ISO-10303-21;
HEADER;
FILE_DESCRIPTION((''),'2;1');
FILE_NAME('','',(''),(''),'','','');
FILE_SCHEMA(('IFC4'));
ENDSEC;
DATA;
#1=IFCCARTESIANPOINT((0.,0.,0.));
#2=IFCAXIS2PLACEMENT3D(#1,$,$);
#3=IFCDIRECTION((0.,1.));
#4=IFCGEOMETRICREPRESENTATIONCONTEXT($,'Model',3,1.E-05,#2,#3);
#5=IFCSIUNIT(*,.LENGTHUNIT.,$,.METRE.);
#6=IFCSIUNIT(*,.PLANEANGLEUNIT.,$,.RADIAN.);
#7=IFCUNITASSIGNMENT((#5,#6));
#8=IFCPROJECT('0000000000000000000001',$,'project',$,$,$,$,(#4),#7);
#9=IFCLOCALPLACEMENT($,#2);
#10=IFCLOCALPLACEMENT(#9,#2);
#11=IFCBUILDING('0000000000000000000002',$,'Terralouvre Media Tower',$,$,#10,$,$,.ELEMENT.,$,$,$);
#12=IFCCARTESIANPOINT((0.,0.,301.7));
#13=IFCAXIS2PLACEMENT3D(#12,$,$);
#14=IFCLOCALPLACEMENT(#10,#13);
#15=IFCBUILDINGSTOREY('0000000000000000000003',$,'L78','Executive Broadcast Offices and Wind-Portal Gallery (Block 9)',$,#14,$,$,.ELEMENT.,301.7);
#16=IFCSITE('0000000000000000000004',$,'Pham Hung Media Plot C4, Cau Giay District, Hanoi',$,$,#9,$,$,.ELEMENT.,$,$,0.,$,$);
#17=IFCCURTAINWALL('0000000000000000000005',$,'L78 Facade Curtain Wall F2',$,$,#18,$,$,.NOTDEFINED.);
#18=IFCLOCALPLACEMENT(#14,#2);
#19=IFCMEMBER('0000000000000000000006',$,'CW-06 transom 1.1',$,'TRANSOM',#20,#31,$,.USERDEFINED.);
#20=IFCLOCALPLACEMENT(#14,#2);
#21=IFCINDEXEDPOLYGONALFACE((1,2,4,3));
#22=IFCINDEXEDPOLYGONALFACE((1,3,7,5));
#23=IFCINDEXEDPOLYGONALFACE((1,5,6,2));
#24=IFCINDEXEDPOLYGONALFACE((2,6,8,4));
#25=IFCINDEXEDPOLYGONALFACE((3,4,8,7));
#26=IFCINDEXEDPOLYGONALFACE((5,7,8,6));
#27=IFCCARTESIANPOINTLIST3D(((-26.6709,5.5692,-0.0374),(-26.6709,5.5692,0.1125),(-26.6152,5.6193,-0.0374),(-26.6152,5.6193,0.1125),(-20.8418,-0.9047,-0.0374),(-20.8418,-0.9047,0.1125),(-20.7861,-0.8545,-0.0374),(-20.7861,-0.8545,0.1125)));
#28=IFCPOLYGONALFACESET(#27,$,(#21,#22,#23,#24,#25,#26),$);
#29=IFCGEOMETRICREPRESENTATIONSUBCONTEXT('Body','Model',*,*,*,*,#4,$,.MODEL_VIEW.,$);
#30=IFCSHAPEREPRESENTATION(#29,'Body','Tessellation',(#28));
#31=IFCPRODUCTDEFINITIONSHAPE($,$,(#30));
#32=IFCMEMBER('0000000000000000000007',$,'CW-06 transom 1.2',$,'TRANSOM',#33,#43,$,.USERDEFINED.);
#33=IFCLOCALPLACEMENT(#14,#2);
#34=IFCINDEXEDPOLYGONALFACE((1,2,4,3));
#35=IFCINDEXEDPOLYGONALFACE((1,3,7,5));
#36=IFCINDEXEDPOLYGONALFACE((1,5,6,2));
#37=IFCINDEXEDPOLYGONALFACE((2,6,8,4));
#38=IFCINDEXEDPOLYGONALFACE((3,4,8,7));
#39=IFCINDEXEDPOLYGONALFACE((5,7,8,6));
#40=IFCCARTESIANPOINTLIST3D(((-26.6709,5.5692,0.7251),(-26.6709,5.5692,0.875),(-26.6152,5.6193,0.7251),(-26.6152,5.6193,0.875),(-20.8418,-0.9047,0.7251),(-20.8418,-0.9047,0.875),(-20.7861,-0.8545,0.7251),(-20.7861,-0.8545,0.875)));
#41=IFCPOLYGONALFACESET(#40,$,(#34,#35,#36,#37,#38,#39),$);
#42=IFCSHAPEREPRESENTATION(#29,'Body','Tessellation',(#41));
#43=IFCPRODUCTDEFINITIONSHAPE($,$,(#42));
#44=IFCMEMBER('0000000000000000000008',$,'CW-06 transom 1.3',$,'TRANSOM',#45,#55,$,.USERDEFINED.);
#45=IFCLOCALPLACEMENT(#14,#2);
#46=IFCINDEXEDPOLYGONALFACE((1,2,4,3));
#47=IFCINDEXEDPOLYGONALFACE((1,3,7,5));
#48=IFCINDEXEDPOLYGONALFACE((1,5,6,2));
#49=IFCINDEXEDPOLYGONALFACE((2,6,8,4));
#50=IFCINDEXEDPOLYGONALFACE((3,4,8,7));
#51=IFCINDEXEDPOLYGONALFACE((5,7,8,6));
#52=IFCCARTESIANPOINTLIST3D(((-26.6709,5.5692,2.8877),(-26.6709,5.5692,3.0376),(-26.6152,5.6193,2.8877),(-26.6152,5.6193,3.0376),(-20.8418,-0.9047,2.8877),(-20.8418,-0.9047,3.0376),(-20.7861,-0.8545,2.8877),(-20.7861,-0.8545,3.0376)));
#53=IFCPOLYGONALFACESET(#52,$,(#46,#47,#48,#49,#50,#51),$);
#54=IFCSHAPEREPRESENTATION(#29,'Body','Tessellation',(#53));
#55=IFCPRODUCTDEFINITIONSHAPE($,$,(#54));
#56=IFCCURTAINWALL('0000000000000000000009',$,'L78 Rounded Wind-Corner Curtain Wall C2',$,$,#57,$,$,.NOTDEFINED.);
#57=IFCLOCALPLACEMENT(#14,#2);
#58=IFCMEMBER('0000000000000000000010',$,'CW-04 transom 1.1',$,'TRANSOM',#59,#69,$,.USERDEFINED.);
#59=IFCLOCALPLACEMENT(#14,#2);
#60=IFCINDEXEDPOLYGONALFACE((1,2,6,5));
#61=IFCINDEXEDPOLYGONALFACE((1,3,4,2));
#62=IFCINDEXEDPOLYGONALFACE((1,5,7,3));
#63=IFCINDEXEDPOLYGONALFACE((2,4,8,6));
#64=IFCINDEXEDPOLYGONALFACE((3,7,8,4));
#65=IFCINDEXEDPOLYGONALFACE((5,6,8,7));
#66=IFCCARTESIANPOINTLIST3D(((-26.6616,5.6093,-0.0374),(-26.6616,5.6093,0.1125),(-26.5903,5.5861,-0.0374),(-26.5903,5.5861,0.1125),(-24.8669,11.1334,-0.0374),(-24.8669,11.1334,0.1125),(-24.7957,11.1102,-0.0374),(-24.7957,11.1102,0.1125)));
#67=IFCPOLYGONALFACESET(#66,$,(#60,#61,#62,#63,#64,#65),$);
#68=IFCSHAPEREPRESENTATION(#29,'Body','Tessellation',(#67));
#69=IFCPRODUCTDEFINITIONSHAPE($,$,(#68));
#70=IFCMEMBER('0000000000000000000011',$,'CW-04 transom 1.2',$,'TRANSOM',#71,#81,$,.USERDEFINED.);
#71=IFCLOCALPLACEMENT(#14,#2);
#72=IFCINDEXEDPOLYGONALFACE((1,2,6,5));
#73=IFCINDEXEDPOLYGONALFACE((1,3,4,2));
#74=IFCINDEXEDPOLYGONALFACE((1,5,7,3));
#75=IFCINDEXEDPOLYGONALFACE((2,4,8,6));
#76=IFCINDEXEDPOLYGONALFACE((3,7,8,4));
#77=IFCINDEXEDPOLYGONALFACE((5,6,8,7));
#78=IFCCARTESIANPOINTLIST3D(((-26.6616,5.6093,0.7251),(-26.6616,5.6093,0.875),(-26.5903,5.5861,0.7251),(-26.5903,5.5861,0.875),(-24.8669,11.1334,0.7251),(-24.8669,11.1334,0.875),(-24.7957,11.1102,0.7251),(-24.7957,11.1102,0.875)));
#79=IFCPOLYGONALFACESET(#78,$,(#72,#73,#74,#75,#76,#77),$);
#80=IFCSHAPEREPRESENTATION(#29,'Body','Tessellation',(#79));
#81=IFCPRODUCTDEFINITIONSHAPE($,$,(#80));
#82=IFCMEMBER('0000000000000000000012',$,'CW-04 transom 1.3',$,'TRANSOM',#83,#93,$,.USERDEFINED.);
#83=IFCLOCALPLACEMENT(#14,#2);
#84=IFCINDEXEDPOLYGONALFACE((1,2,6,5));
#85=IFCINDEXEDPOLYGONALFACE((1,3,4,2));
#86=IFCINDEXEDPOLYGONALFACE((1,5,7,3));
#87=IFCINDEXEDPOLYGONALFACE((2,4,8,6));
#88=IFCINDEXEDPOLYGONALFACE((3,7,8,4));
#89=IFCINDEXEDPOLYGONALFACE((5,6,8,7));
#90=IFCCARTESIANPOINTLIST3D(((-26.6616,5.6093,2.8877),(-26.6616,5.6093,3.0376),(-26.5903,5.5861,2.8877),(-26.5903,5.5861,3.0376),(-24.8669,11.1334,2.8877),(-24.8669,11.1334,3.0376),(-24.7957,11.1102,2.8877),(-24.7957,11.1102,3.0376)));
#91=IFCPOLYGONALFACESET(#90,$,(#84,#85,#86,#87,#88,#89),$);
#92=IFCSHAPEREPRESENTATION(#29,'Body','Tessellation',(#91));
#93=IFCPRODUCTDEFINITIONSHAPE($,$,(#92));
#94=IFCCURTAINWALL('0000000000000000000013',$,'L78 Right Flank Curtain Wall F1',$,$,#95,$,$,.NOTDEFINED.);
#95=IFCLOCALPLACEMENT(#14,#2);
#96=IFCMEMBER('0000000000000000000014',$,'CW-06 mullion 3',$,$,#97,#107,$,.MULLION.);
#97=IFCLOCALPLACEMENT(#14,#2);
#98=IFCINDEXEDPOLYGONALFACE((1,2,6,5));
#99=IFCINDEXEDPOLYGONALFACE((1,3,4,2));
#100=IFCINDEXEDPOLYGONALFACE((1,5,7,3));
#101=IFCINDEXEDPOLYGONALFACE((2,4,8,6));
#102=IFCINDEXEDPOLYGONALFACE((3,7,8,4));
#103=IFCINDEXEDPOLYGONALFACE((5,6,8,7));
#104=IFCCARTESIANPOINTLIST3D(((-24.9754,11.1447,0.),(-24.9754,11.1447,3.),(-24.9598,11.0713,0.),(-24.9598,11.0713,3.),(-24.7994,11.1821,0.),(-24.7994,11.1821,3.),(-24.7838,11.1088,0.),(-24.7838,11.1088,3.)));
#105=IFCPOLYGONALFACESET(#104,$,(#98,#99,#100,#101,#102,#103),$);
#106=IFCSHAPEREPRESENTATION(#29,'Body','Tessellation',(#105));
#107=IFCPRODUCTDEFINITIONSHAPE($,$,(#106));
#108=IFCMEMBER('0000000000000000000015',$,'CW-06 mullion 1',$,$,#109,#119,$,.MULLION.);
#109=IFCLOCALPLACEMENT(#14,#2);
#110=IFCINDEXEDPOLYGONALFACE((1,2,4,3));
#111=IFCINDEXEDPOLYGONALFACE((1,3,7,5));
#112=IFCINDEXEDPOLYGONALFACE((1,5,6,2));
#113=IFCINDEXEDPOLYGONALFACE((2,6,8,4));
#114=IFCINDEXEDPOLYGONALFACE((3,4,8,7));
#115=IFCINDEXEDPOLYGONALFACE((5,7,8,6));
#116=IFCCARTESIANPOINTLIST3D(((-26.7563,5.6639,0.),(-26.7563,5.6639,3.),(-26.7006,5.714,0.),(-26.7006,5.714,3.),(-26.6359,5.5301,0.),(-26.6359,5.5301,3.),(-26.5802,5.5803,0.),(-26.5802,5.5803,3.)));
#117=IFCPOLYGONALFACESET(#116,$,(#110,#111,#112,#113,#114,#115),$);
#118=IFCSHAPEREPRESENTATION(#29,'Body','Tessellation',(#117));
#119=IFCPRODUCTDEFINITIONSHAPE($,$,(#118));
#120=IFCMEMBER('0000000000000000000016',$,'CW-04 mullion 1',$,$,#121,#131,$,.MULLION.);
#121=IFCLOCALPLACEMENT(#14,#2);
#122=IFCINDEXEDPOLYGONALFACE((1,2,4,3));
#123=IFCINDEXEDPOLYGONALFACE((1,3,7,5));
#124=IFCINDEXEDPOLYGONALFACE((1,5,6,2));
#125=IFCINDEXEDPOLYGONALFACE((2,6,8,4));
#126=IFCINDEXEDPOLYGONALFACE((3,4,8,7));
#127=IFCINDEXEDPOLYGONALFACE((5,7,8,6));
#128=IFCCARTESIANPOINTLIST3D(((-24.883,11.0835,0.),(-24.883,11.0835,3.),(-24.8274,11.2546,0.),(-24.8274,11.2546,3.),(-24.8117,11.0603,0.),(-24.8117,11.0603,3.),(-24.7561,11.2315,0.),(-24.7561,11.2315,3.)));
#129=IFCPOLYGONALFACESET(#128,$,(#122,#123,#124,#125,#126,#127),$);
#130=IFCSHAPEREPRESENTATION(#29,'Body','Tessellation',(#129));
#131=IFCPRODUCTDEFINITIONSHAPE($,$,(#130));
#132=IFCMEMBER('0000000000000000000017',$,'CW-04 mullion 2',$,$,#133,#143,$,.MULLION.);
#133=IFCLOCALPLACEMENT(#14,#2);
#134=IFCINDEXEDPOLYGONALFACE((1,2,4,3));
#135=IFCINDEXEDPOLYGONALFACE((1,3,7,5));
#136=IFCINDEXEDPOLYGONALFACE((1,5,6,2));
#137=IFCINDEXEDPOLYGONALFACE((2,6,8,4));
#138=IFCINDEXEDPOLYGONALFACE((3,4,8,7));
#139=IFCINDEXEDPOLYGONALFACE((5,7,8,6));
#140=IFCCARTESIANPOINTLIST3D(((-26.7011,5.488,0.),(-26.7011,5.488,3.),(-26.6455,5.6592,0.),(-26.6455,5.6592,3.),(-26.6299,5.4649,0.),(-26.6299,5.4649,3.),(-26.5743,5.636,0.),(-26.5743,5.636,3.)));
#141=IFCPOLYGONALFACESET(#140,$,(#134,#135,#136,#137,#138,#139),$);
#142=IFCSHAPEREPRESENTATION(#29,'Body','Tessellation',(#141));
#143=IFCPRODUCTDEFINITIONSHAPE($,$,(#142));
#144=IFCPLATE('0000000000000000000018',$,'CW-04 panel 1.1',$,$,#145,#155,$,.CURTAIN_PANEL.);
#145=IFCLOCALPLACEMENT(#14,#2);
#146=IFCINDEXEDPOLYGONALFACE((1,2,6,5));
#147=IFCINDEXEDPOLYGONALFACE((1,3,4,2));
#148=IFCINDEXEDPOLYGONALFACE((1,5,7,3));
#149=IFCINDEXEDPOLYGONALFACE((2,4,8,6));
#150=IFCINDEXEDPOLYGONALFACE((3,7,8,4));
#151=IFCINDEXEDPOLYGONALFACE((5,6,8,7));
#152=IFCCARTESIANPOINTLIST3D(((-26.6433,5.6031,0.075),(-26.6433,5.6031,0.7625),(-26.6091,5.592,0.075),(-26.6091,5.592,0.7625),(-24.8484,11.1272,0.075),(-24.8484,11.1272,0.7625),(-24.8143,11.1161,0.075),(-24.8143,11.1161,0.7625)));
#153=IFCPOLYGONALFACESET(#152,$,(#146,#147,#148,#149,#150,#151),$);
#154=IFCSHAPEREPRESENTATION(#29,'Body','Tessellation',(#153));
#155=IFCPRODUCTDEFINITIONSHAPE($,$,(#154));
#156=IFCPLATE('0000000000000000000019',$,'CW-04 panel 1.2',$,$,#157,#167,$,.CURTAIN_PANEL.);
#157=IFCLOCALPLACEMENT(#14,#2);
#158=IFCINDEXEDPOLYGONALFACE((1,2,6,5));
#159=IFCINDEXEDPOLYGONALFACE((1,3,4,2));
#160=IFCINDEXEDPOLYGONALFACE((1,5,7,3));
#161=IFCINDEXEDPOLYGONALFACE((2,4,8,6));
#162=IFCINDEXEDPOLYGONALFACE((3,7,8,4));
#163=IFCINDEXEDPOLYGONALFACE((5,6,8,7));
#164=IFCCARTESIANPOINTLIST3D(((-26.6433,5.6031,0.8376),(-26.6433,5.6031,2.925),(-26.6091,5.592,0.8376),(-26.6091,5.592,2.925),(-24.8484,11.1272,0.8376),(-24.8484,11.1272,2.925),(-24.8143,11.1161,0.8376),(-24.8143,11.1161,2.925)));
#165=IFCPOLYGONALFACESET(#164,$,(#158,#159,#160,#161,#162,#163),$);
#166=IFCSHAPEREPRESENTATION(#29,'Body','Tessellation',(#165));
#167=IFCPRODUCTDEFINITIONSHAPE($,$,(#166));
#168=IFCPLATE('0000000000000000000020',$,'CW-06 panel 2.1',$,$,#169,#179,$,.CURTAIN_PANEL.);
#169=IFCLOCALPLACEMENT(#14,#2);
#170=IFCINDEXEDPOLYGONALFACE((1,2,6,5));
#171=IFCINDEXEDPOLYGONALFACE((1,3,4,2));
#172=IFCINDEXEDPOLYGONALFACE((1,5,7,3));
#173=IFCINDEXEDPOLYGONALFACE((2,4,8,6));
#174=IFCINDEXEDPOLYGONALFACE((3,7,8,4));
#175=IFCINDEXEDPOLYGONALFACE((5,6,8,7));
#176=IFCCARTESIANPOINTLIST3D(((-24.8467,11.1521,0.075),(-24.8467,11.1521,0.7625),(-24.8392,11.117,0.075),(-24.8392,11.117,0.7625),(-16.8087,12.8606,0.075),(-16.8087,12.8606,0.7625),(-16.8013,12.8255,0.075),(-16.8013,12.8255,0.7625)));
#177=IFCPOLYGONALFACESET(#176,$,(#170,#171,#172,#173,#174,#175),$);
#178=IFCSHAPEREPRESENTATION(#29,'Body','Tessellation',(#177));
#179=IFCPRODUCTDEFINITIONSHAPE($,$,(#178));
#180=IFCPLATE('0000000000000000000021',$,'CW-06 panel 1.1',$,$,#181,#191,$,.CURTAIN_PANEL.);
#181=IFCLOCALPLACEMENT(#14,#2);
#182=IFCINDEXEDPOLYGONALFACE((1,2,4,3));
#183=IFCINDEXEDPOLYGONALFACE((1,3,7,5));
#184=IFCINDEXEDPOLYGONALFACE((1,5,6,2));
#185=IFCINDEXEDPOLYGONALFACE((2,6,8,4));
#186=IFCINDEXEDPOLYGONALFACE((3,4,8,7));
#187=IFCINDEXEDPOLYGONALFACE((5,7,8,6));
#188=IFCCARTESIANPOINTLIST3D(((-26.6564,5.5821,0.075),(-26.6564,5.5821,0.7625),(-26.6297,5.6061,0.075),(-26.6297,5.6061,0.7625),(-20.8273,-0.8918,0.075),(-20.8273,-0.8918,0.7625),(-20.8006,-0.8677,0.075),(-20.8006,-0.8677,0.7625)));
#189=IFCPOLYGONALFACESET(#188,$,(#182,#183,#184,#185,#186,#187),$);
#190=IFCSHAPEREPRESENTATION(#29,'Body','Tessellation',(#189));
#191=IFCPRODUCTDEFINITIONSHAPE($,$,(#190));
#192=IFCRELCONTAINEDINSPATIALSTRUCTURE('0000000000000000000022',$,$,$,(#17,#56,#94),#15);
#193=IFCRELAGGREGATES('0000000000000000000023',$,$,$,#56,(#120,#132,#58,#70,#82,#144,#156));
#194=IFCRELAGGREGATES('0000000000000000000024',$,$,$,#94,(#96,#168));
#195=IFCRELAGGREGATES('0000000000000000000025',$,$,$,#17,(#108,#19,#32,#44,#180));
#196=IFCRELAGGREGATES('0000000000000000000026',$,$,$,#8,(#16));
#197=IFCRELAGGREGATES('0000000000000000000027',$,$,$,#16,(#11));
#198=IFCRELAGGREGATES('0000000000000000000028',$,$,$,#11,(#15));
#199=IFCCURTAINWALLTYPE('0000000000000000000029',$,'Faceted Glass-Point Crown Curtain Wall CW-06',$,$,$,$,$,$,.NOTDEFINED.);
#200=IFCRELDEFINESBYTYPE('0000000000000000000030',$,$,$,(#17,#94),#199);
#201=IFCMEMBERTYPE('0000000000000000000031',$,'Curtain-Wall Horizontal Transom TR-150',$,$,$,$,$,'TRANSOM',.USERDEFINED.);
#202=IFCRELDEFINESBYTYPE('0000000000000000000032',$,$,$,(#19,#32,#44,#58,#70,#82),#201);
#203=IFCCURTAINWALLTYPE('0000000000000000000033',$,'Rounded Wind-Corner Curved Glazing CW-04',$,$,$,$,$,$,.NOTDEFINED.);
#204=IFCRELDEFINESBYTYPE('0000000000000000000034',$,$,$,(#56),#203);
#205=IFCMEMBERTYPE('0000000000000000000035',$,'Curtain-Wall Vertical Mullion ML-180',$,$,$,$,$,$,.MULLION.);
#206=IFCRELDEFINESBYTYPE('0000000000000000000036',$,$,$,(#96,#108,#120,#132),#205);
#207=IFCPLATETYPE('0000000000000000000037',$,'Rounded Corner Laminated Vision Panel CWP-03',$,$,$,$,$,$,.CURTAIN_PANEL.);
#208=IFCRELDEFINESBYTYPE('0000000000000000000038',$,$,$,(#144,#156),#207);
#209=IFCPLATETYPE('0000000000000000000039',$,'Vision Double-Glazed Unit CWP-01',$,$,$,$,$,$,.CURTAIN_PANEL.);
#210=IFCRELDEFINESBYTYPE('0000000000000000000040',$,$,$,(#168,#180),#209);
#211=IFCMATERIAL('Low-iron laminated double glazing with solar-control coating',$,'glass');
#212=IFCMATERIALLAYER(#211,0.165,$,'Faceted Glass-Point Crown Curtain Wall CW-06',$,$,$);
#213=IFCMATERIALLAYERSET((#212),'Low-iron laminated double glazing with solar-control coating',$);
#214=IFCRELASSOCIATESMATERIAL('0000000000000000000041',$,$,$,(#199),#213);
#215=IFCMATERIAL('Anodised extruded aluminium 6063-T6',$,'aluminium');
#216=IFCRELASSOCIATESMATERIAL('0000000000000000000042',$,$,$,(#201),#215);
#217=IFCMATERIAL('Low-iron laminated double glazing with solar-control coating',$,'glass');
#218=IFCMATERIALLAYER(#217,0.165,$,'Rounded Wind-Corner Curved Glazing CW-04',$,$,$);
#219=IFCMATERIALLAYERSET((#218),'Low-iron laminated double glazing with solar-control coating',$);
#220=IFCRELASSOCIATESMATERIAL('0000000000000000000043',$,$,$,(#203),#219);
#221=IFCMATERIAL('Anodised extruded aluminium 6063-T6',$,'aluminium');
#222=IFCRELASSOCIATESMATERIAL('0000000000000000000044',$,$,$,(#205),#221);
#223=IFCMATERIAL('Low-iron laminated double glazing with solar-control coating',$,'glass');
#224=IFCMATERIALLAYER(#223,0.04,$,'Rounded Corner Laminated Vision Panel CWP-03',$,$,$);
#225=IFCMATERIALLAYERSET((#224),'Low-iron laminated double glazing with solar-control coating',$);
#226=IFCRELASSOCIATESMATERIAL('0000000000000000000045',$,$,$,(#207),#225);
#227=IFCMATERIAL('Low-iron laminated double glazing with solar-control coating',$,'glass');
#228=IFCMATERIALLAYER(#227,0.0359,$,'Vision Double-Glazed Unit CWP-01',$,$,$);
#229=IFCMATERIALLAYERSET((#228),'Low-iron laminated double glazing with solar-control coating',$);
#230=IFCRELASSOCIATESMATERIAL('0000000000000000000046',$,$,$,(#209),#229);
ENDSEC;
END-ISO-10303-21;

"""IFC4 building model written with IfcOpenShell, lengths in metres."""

from ifc_helpers import new_model, si_unit, direction, frame, origin, origin_2d, place, context, subcontext, project, spatial, rectangle, extrude, material, layer, layer_set, material_profile, profile_set, type_object, element, aggregate, save


model = new_model("IFC4")

# Units and contexts
model_context = context("Model", 3, precision=1e-05, world=origin(), true_north=direction((0.0, 1.0)))
body_context = subcontext(model_context, "Body", "Model", "MODEL_VIEW")
ifc_project = project(units=[si_unit("LENGTHUNIT", "METRE"), si_unit("PLANEANGLEUNIT", "RADIAN")], contexts=[model_context])

# Site, building, storey
site_placement = place(None, origin())
site = spatial("IfcSite", under=ifc_project, at=site_placement, Name="Pham Hung Media Plot C4, Cau Giay District, Hanoi", CompositionType="ELEMENT", RefElevation=0.0)
building_placement = place(site_placement, origin())
building = spatial("IfcBuilding", under=site, at=building_placement, Name="Terralouvre Media Tower", CompositionType="ELEMENT")
storey_placement = place(building_placement, frame((0.0, 0.0, 301.7)))
storey = spatial("IfcBuildingStorey", under=building, at=storey_placement, Name="L78", Description="Executive Broadcast Offices and Wind-Portal Gallery (Block 9)", CompositionType="ELEMENT", Elevation=301.7)

# Curtain walls, members
ifc_material_1 = material(Name="Low-iron laminated double glazing with solar-control coating", Category="glass")
ifc_layer_1 = layer(ifc_material_1, 0.165, Name="Faceted Glass-Point Crown Curtain Wall CW-06")
ifc_layer_set_1 = layer_set([ifc_layer_1], Name="Low-iron laminated double glazing with solar-control coating")
curtain_wall_type_1 = type_object("IfcCurtainWallType", Name="Faceted Glass-Point Crown Curtain Wall CW-06", PredefinedType="NOTDEFINED", material=ifc_layer_set_1)
curtain_wall_1_placement = place(storey_placement, origin())
curtain_wall_1 = element("IfcCurtainWall", 1, at=curtain_wall_1_placement, inside=storey, type_object=curtain_wall_type_1, Name="L78 Facade Curtain Wall F2", PredefinedType="NOTDEFINED")
ifc_material_2 = material(Name="Anodised extruded aluminium 6063-T6", Category="aluminium")
ifc_material_profile_1 = material_profile(ifc_material_2, rectangle(XDim=0.075, YDim=0.1499, at=origin_2d()), Name="ALU 75x150")
ifc_profile_set_1 = profile_set([ifc_material_profile_1], Name="Anodised extruded aluminium 6063-T6")
member_type_1 = type_object("IfcMemberType", Name="Curtain-Wall Horizontal Transom TR-150", ElementType="TRANSOM", PredefinedType="USERDEFINED", material=ifc_profile_set_1)
member_1_placement = place(storey_placement, frame((-26.6431, 5.5942, 0.0376), z_axis=(0.66913, -0.743145, 0.0), x_axis=(0.743145, 0.66913, 0.0)))
member_1 = element("IfcMember", 2, at=member_1_placement, type_object=member_type_1, Name="CW-06 transom 1.1", ObjectType="TRANSOM", PredefinedType="USERDEFINED", context=body_context, shape_type="SweptSolid", body=[
    extrude(rectangle(XDim=0.075, YDim=0.1499, at=origin_2d()), origin(), (0.0, 0.0, 1.0), 8.7114),
])
member_2_placement = place(storey_placement, frame((-26.6431, 5.5942, 0.8), z_axis=(0.66913, -0.743145, 0.0), x_axis=(0.743145, 0.66913, 0.0)))
member_2 = element("IfcMember", 3, at=member_2_placement, type_object=member_type_1, Name="CW-06 transom 1.2", ObjectType="TRANSOM", PredefinedType="USERDEFINED", context=body_context, shape_type="SweptSolid", body=[
    extrude(rectangle(XDim=0.075, YDim=0.1499, at=origin_2d()), origin(), (0.0, 0.0, 1.0), 8.7114),
])
member_3_placement = place(storey_placement, frame((-26.6431, 5.5942, 2.9626), z_axis=(0.66913, -0.743145, 0.0), x_axis=(0.743145, 0.66913, 0.0)))
member_3 = element("IfcMember", 4, at=member_3_placement, type_object=member_type_1, Name="CW-06 transom 1.3", ObjectType="TRANSOM", PredefinedType="USERDEFINED", context=body_context, shape_type="SweptSolid", body=[
    extrude(rectangle(XDim=0.075, YDim=0.1499, at=origin_2d()), origin(), (0.0, 0.0, 1.0), 8.7114),
])
ifc_material_3 = material(Name="Low-iron laminated double glazing with solar-control coating", Category="glass")
ifc_layer_2 = layer(ifc_material_3, 0.165, Name="Rounded Wind-Corner Curved Glazing CW-04")
ifc_layer_set_2 = layer_set([ifc_layer_2], Name="Low-iron laminated double glazing with solar-control coating")
curtain_wall_type_2 = type_object("IfcCurtainWallType", Name="Rounded Wind-Corner Curved Glazing CW-04", PredefinedType="NOTDEFINED", material=ifc_layer_set_2)
curtain_wall_2_placement = place(storey_placement, origin())
curtain_wall_2 = element("IfcCurtainWall", 5, at=curtain_wall_2_placement, inside=storey, type_object=curtain_wall_type_2, Name="L78 Rounded Wind-Corner Curtain Wall C2", PredefinedType="NOTDEFINED")
member_4_placement = place(storey_placement, frame((-24.8313, 11.1218, 0.0376), z_axis=(-0.308981, -0.951068, 0.0), x_axis=(0.951068, -0.308981, 0.0)))
member_4 = element("IfcMember", 6, at=member_4_placement, type_object=member_type_1, Name="CW-04 transom 1.1", ObjectType="TRANSOM", PredefinedType="USERDEFINED", context=body_context, shape_type="SweptSolid", body=[
    extrude(rectangle(XDim=0.075, YDim=0.1499, at=origin_2d()), origin(), (0.0, 0.0, 1.0), 5.8083),
])
member_5_placement = place(storey_placement, frame((-24.8313, 11.1218, 0.8), z_axis=(-0.308981, -0.951068, 0.0), x_axis=(0.951068, -0.308981, 0.0)))
member_5 = element("IfcMember", 7, at=member_5_placement, type_object=member_type_1, Name="CW-04 transom 1.2", ObjectType="TRANSOM", PredefinedType="USERDEFINED", context=body_context, shape_type="SweptSolid", body=[
    extrude(rectangle(XDim=0.075, YDim=0.1499, at=origin_2d()), origin(), (0.0, 0.0, 1.0), 5.8083),
])
member_6_placement = place(storey_placement, frame((-24.8313, 11.1218, 2.9626), z_axis=(-0.308981, -0.951068, 0.0), x_axis=(0.951068, -0.308981, 0.0)))
member_6 = element("IfcMember", 8, at=member_6_placement, type_object=member_type_1, Name="CW-04 transom 1.3", ObjectType="TRANSOM", PredefinedType="USERDEFINED", context=body_context, shape_type="SweptSolid", body=[
    extrude(rectangle(XDim=0.075, YDim=0.1499, at=origin_2d()), origin(), (0.0, 0.0, 1.0), 5.8083),
])

# Curtain wall, member
curtain_wall_3_placement = place(storey_placement, origin())
curtain_wall_3 = element("IfcCurtainWall", 9, at=curtain_wall_3_placement, inside=storey, type_object=curtain_wall_type_1, Name="L78 Right Flank Curtain Wall F1", PredefinedType="NOTDEFINED")
ifc_material_4 = material(Name="Anodised extruded aluminium 6063-T6", Category="aluminium")
ifc_material_profile_2 = material_profile(ifc_material_4, rectangle(XDim=0.075, YDim=0.1799, at=origin_2d()), Name="ALU 75x180")
ifc_profile_set_2 = profile_set([ifc_material_profile_2], Name="Anodised extruded aluminium 6063-T6")
member_type_2 = type_object("IfcMemberType", Name="Curtain-Wall Vertical Mullion ML-180", PredefinedType="MULLION", material=ifc_profile_set_2)
member_7_placement = place(storey_placement, frame((-24.8796, 11.1267, 0.0), z_axis=(0.0, 0.0, 1.0), x_axis=(0.207911, -0.978148, 0.0)))
member_7 = element("IfcMember", 10, at=member_7_placement, type_object=member_type_2, Name="CW-06 mullion 3", PredefinedType="MULLION", context=body_context, shape_type="SweptSolid", body=[
    extrude(rectangle(XDim=0.075, YDim=0.1799, at=origin_2d()), origin(), (0.0, 0.0, 1.0), 3.0),
])

# Members
member_8_placement = place(storey_placement, frame((-26.6682, 5.6221, 0.0), z_axis=(0.0, 0.0, 1.0), x_axis=(0.743145, 0.669131, 0.0)))
member_8 = element("IfcMember", 11, at=member_8_placement, type_object=member_type_2, Name="CW-06 mullion 1", PredefinedType="MULLION", context=body_context, shape_type="SweptSolid", body=[
    extrude(rectangle(XDim=0.075, YDim=0.1799, at=origin_2d()), origin(), (0.0, 0.0, 1.0), 3.0),
])
member_9_placement = place(storey_placement, frame((-24.8196, 11.1575, 0.0), z_axis=(0.0, 0.0, 1.0), x_axis=(0.951057, -0.309017, 0.0)))
member_9 = element("IfcMember", 12, at=member_9_placement, type_object=member_type_2, Name="CW-04 mullion 1", PredefinedType="MULLION", context=body_context, shape_type="SweptSolid", body=[
    extrude(rectangle(XDim=0.075, YDim=0.1799, at=origin_2d()), origin(), (0.0, 0.0, 1.0), 3.0),
])
member_10_placement = place(storey_placement, frame((-26.6377, 5.562, 0.0), z_axis=(0.0, 0.0, 1.0), x_axis=(0.951057, -0.309017, 0.0)))
member_10 = element("IfcMember", 13, at=member_10_placement, type_object=member_type_2, Name="CW-04 mullion 2", PredefinedType="MULLION", context=body_context, shape_type="SweptSolid", body=[
    extrude(rectangle(XDim=0.075, YDim=0.1799, at=origin_2d()), origin(), (0.0, 0.0, 1.0), 3.0),
])

# Plates
ifc_material_5 = material(Name="Low-iron laminated double glazing with solar-control coating", Category="glass")
ifc_layer_3 = layer(ifc_material_5, 0.04, Name="Rounded Corner Laminated Vision Panel CWP-03")
ifc_layer_set_3 = layer_set([ifc_layer_3], Name="Low-iron laminated double glazing with solar-control coating")
plate_type_1 = type_object("IfcPlateType", Name="Rounded Corner Laminated Vision Panel CWP-03", PredefinedType="CURTAIN_PANEL", material=ifc_layer_set_3)
plate_1_placement = place(storey_placement, frame((-25.7288, 8.3596, 0.075), z_axis=(0.0, 0.0, 1.0), x_axis=(-0.309017, -0.951057, 0.0)))
plate_1 = element("IfcPlate", 14, at=plate_1_placement, type_object=plate_type_1, Name="CW-04 panel 1.1", PredefinedType="CURTAIN_PANEL", context=body_context, shape_type="SweptSolid", body=[
    extrude(rectangle(XDim=5.8083, YDim=0.0359, at=origin_2d()), origin(), (0.0, 0.0, 1.0), 0.6875),
])
plate_2_placement = place(storey_placement, frame((-25.7288, 8.3596, 0.8376), z_axis=(0.0, 0.0, 1.0), x_axis=(-0.309017, -0.951057, 0.0)))
plate_2 = element("IfcPlate", 15, at=plate_2_placement, type_object=plate_type_1, Name="CW-04 panel 1.2", PredefinedType="CURTAIN_PANEL", context=body_context, shape_type="SweptSolid", body=[
    extrude(rectangle(XDim=5.8083, YDim=0.0359, at=origin_2d()), origin(), (0.0, 0.0, 1.0), 2.0874),
])
aggregate(curtain_wall_2, [member_9, member_10, member_4, member_5, member_6, plate_1, plate_2])
ifc_material_6 = material(Name="Low-iron laminated double glazing with solar-control coating", Category="glass")
ifc_layer_4 = layer(ifc_material_6, 0.0359, Name="Vision Double-Glazed Unit CWP-01")
ifc_layer_set_4 = layer_set([ifc_layer_4], Name="Low-iron laminated double glazing with solar-control coating")
plate_type_2 = type_object("IfcPlateType", Name="Vision Double-Glazed Unit CWP-01", PredefinedType="CURTAIN_PANEL", material=ifc_layer_set_4)
plate_3_placement = place(storey_placement, frame((-20.824, 11.9888, 0.075), z_axis=(0.0, 0.0, 1.0), x_axis=(-0.978148, -0.207911, 0.0)))
plate_3 = element("IfcPlate", 16, at=plate_3_placement, type_object=plate_type_2, Name="CW-06 panel 2.1", PredefinedType="CURTAIN_PANEL", context=body_context, shape_type="SweptSolid", body=[
    extrude(rectangle(XDim=8.2175, YDim=0.0359, at=origin_2d()), origin(), (0.0, 0.0, 1.0), 0.6875),
])
aggregate(curtain_wall_3, [member_7, plate_3])
plate_4_placement = place(storey_placement, frame((-23.7285, 2.3572, 0.075), z_axis=(0.0, 0.0, 1.0), x_axis=(0.669131, -0.743145, 0.0)))
plate_4 = element("IfcPlate", 17, at=plate_4_placement, type_object=plate_type_2, Name="CW-06 panel 1.1", PredefinedType="CURTAIN_PANEL", context=body_context, shape_type="SweptSolid", body=[
    extrude(rectangle(XDim=8.7114, YDim=0.0359, at=origin_2d()), origin(), (0.0, 0.0, 1.0), 0.6875),
])
aggregate(curtain_wall_1, [member_8, member_1, member_2, member_3, plate_4])

save(model, "model.ifc")
